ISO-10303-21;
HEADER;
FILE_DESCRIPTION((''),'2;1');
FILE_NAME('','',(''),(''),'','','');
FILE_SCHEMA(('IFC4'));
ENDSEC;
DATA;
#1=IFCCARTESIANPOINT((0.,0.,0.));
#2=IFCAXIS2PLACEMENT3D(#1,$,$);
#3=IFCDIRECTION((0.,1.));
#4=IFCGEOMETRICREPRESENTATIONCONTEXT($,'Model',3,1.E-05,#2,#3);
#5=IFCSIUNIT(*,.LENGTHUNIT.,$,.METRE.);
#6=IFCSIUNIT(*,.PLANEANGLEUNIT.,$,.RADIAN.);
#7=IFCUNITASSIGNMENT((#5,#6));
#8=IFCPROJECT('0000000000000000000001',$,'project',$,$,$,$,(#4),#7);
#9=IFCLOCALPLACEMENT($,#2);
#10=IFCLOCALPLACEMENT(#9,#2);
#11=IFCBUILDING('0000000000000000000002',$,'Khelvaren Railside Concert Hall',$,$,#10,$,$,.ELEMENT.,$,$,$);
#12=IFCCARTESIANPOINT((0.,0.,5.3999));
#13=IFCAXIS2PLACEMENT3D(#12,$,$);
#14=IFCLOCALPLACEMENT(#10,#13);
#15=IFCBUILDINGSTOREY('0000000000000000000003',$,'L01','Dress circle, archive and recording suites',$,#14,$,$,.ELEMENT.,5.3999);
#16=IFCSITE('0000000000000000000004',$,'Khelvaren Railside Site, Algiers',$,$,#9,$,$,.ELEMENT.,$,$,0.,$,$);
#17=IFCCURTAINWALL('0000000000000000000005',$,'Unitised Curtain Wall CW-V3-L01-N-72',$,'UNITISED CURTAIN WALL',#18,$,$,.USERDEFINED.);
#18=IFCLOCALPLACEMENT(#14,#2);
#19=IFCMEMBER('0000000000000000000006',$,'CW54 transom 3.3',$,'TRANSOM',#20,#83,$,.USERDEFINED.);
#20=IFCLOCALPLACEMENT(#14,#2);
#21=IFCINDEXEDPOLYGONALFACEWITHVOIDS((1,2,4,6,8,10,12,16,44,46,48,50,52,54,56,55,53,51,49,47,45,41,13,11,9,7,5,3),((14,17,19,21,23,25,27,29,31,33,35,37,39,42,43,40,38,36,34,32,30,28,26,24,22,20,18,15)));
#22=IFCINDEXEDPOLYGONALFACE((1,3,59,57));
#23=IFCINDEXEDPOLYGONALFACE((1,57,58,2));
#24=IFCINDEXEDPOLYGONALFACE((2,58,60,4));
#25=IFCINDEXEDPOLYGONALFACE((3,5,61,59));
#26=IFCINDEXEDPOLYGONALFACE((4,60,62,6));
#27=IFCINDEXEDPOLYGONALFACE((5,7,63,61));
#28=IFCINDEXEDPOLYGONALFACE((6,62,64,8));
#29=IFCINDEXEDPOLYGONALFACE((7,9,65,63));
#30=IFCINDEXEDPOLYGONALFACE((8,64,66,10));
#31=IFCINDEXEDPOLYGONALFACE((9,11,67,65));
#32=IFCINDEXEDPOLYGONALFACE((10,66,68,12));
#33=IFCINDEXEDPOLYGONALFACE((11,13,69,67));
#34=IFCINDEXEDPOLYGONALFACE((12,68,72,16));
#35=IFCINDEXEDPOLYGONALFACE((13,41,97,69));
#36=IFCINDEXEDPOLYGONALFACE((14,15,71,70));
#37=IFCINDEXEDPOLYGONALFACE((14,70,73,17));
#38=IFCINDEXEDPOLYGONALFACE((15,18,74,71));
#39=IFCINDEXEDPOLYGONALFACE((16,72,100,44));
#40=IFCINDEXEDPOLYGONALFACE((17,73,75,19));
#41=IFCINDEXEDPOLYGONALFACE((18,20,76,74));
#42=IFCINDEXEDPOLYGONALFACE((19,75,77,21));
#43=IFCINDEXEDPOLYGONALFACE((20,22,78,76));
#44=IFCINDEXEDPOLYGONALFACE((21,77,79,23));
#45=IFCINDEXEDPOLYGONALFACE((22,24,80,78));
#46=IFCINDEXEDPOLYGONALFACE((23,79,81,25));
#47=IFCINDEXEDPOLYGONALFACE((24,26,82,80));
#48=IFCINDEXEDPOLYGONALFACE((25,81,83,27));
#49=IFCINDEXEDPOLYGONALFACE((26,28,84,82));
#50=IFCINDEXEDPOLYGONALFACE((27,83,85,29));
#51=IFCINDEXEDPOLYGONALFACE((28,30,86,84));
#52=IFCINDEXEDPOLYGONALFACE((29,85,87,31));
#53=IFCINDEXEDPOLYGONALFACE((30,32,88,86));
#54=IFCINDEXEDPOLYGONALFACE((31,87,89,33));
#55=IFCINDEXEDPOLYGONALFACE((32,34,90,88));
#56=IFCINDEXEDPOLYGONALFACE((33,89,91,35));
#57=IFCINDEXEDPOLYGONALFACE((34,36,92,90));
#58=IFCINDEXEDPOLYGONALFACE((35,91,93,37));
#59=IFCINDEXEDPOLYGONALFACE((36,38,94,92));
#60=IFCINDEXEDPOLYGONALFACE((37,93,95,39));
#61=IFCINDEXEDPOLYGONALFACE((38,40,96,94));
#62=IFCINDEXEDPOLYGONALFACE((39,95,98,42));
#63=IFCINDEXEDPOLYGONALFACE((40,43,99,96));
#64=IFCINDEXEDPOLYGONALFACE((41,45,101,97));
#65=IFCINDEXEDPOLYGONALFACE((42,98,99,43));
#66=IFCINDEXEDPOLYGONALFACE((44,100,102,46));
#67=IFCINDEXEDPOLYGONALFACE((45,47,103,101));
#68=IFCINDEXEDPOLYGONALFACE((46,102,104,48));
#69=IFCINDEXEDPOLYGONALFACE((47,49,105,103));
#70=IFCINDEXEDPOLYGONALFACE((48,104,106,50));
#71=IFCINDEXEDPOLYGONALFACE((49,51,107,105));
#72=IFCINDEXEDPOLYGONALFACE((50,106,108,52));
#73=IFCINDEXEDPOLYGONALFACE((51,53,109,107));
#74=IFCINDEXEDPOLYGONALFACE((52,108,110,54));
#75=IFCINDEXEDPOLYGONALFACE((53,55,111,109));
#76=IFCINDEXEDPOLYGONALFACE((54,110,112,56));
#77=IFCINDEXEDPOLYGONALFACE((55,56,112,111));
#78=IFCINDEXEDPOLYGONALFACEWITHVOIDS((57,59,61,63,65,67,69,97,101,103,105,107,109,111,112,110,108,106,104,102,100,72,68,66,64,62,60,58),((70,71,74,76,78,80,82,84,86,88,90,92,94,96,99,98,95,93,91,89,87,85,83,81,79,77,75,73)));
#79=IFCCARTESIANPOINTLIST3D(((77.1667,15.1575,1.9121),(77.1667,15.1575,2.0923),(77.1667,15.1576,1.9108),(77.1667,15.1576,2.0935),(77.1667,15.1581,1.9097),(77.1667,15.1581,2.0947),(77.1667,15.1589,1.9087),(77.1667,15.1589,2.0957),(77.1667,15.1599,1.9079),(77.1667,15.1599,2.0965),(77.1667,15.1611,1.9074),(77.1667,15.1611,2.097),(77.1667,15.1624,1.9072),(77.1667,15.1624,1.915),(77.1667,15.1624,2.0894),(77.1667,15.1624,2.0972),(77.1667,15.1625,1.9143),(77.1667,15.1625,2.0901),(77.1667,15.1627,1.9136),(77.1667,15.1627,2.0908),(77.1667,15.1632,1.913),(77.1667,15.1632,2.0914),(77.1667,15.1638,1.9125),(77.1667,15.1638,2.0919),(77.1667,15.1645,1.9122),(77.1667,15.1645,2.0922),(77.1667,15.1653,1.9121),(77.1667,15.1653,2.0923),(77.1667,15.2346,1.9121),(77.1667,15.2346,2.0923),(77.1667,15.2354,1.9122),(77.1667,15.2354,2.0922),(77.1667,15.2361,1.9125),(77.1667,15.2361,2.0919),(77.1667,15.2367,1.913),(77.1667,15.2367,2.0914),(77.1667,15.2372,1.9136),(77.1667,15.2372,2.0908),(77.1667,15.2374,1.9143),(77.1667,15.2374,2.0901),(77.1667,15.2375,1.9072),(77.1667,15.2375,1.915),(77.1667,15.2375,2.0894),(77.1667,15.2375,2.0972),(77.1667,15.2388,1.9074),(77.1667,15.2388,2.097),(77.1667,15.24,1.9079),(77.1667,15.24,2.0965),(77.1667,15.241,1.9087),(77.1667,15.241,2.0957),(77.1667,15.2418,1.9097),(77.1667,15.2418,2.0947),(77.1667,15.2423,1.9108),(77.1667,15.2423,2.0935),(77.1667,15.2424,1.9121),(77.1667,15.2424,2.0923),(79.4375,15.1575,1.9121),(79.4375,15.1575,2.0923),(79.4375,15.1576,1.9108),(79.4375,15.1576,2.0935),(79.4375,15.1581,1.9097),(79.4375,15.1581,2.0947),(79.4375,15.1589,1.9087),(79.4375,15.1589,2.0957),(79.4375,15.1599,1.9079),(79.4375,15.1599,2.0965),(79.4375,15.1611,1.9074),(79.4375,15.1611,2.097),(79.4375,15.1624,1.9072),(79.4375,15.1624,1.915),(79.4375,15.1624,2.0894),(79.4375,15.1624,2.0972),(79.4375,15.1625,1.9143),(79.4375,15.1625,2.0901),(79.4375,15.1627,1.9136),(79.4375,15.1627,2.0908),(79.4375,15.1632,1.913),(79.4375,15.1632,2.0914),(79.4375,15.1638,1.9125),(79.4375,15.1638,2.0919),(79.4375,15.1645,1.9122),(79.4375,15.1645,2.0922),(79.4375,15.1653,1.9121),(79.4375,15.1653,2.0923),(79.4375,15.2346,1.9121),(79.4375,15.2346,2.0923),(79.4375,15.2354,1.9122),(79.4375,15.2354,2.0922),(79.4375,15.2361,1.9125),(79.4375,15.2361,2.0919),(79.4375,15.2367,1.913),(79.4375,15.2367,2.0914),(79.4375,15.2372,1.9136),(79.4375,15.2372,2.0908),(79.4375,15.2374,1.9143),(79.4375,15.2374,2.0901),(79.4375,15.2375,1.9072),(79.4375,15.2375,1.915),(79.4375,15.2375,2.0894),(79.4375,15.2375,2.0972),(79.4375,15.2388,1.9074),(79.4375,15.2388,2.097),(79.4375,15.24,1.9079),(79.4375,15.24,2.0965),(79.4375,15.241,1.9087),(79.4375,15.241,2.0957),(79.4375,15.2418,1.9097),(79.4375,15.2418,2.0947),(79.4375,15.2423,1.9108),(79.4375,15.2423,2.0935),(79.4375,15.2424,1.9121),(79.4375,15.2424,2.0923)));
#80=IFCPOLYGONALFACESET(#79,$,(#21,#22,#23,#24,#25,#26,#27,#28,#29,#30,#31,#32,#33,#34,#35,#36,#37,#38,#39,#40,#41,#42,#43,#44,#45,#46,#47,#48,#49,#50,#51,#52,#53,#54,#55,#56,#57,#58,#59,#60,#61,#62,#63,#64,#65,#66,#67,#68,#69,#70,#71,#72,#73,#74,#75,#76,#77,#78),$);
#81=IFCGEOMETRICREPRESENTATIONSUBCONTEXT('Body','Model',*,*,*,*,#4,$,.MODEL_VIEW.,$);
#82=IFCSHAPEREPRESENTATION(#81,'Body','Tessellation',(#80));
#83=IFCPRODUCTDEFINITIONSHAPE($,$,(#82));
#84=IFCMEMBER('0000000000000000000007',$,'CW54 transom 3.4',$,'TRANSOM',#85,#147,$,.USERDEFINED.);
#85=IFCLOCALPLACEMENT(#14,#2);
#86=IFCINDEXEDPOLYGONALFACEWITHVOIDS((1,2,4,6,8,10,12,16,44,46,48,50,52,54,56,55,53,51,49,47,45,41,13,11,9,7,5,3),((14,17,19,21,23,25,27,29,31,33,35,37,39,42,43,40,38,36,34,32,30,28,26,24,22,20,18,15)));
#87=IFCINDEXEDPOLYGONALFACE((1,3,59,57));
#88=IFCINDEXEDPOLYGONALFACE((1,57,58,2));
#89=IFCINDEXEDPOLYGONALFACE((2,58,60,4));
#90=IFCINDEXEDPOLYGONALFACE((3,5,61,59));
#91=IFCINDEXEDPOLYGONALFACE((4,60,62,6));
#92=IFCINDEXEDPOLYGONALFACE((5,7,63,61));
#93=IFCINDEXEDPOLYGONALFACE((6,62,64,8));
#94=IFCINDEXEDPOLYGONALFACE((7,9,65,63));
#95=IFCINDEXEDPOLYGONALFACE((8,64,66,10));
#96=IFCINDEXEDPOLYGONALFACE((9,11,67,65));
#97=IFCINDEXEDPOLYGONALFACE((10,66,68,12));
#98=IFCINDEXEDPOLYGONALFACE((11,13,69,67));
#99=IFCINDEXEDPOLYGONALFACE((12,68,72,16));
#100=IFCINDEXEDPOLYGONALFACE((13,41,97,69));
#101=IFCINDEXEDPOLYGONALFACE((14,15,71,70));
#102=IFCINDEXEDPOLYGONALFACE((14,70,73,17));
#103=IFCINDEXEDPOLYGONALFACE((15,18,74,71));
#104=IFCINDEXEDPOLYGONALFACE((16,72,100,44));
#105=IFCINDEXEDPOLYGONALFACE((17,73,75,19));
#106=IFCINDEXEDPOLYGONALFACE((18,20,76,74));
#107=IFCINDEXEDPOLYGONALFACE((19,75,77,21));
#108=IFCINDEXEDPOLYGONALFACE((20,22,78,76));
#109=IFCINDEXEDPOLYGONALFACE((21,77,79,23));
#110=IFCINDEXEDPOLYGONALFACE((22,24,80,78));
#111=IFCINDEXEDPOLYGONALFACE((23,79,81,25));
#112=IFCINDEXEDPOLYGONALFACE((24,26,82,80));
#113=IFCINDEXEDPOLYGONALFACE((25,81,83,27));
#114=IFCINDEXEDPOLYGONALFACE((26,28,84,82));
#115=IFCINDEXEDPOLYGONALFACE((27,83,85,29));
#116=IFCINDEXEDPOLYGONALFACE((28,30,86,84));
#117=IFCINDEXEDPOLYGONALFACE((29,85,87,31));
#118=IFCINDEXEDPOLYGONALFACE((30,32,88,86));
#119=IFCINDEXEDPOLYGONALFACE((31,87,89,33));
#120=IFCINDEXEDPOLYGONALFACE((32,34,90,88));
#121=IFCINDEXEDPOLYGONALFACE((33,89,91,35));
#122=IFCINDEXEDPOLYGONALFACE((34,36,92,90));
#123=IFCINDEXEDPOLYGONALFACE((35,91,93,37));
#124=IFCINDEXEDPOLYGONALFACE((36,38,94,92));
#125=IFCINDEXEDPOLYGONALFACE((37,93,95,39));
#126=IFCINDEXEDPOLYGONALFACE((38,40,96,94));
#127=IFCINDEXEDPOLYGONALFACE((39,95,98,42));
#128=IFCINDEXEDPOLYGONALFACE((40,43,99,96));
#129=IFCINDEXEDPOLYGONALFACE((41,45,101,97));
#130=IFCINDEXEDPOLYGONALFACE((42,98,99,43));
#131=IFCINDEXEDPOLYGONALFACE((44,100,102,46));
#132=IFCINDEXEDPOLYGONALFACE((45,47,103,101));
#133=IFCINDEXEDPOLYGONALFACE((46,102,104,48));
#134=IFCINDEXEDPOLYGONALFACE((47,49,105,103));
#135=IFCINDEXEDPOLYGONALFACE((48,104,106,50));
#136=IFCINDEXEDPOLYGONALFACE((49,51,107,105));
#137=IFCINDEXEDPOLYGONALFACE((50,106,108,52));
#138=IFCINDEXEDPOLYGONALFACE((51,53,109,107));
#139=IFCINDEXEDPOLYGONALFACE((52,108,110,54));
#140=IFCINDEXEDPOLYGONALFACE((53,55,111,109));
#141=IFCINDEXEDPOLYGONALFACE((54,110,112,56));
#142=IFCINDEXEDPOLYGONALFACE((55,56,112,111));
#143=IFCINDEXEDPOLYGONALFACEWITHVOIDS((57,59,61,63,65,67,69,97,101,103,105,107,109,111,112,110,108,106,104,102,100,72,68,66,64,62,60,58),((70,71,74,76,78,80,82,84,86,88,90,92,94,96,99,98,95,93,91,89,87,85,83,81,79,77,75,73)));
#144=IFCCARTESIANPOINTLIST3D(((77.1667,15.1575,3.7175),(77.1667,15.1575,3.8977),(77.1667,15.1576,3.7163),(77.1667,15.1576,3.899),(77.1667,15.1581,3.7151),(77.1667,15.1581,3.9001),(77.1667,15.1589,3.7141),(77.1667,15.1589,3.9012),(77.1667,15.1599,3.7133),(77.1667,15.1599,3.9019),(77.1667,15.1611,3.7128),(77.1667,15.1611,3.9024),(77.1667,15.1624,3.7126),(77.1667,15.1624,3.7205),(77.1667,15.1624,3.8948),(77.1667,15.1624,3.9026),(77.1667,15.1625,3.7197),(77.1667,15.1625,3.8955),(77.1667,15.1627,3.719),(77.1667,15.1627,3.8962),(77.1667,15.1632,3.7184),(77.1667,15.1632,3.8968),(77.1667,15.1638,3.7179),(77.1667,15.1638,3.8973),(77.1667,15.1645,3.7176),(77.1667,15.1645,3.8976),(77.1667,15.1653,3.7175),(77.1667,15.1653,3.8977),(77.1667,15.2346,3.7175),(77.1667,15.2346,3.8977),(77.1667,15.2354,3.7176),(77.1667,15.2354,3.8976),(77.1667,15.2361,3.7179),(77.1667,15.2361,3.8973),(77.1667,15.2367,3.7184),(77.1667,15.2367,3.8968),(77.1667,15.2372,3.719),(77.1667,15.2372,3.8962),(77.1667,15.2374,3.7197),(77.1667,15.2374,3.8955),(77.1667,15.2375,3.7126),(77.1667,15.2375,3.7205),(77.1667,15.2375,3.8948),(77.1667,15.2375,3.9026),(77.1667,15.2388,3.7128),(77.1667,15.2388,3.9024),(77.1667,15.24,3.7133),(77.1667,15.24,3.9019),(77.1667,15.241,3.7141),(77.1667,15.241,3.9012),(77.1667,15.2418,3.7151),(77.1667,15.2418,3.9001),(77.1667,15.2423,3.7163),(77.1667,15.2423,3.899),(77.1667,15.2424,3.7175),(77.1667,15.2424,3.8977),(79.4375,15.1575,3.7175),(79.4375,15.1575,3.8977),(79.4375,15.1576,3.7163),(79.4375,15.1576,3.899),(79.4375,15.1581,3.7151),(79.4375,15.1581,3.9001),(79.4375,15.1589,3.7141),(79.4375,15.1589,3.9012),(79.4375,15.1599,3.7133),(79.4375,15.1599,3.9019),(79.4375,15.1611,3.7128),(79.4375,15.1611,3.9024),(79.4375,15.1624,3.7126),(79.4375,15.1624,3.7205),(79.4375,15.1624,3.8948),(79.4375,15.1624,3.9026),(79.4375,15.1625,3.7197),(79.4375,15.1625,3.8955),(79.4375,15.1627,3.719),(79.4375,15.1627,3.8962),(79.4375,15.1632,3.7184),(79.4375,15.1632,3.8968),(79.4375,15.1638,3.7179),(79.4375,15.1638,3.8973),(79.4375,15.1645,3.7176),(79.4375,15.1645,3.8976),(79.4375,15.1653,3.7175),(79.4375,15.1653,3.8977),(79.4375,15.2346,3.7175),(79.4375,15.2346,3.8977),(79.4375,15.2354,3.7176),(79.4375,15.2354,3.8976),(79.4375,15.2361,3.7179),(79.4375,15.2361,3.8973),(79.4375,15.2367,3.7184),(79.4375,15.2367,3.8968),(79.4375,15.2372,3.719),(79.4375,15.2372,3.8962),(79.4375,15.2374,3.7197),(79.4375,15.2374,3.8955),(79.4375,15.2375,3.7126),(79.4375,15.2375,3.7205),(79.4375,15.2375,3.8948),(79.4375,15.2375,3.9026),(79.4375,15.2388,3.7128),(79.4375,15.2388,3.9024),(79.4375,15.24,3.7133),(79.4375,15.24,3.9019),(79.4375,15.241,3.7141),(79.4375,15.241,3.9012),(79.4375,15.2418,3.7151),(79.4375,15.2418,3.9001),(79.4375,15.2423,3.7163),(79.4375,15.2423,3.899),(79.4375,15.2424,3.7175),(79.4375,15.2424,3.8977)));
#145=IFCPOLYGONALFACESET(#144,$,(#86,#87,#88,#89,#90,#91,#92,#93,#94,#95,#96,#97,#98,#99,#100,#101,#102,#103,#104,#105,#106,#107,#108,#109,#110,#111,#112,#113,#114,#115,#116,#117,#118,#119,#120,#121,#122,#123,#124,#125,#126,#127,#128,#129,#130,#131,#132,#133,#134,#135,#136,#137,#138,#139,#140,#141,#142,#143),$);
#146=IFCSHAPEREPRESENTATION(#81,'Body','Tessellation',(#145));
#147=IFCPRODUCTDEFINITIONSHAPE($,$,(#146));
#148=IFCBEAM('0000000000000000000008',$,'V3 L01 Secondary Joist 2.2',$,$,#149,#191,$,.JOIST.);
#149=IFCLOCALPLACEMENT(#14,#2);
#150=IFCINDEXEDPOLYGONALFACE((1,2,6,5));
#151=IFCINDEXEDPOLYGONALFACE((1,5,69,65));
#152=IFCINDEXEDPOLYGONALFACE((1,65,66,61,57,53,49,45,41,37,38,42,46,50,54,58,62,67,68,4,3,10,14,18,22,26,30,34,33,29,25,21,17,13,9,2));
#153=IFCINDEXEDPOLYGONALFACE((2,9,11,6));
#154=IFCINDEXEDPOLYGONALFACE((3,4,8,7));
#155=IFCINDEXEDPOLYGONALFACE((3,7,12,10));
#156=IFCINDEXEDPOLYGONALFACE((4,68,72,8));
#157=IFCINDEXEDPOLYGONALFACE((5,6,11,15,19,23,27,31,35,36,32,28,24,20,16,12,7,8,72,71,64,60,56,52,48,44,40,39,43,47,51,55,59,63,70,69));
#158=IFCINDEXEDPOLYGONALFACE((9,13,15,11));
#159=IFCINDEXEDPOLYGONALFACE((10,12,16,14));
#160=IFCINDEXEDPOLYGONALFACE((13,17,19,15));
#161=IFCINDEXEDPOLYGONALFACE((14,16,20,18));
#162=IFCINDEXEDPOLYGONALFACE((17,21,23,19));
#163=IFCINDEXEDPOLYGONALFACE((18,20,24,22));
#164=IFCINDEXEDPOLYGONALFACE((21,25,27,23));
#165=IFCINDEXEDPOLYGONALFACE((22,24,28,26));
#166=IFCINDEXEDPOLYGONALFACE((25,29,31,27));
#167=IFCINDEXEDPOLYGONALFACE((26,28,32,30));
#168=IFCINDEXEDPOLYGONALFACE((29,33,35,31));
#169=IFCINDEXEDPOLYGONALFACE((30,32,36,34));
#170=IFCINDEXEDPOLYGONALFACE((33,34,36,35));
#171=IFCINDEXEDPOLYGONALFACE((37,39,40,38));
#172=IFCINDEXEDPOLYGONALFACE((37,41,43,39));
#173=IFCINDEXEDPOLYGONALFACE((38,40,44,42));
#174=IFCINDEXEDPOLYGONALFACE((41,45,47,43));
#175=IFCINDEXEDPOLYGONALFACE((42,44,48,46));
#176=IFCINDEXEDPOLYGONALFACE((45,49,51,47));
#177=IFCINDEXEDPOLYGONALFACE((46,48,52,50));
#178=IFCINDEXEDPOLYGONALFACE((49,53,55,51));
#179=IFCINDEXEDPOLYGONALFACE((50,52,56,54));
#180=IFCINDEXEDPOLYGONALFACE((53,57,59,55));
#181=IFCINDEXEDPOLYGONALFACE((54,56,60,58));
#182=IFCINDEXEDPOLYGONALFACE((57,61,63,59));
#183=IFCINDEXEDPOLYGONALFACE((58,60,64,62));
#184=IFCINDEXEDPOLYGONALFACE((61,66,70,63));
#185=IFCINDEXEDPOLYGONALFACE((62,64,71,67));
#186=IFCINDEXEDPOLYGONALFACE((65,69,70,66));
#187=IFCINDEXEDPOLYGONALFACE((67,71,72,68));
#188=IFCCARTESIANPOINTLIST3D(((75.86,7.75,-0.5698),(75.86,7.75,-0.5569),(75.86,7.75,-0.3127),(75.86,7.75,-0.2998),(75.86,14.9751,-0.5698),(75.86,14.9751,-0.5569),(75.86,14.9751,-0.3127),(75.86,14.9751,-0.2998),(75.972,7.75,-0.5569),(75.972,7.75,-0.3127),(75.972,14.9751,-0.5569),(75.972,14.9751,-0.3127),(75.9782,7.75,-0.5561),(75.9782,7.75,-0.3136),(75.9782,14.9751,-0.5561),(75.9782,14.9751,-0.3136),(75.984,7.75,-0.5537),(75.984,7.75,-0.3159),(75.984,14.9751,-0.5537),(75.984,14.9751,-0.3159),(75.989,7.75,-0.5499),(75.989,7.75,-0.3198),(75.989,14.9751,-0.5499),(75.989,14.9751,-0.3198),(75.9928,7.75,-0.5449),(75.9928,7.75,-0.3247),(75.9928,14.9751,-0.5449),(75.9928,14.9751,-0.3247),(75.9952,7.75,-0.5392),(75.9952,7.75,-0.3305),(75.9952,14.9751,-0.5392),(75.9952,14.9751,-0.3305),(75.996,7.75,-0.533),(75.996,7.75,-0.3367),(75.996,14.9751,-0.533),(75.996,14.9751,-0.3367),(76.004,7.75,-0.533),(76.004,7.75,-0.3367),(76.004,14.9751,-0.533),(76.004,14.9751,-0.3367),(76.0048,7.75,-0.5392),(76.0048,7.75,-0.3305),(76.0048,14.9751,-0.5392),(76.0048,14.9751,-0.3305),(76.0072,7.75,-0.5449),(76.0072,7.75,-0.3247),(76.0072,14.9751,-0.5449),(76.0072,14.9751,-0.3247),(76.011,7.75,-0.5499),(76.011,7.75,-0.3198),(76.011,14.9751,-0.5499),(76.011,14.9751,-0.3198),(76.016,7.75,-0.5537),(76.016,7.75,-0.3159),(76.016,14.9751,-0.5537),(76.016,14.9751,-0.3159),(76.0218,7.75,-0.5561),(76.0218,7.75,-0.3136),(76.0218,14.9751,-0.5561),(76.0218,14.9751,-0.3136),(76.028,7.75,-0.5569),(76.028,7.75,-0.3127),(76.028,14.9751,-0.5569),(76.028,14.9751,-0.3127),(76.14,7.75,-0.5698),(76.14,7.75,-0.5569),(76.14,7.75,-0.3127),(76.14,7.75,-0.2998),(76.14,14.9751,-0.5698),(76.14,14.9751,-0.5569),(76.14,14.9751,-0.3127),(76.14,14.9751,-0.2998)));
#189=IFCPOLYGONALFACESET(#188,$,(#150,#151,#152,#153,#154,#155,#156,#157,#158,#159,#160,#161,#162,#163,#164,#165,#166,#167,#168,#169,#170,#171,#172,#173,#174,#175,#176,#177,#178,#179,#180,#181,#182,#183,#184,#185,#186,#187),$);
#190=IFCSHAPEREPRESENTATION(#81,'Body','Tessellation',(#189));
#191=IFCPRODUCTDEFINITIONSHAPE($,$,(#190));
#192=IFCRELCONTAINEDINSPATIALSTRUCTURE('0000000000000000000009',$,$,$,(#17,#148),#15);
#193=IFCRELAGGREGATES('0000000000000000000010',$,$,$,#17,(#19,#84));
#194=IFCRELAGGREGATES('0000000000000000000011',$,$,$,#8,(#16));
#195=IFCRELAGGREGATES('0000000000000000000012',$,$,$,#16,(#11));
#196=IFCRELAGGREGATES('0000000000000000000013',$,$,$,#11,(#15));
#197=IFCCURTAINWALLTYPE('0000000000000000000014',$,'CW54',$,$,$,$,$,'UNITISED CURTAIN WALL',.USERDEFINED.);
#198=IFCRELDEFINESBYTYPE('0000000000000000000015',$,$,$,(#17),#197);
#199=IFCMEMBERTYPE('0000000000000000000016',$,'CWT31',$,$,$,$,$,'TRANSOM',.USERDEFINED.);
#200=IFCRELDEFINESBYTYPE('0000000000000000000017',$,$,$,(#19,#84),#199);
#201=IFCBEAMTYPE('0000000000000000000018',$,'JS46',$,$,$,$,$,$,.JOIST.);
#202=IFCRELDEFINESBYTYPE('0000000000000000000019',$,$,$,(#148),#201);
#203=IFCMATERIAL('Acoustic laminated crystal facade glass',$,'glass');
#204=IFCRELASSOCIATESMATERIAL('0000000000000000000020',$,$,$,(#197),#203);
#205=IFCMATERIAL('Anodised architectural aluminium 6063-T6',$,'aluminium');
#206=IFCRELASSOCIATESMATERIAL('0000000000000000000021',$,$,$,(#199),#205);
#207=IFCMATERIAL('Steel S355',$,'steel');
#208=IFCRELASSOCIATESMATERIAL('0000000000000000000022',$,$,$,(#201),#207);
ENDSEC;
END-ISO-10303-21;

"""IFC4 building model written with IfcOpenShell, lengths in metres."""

from ifc_helpers import new_model, si_unit, direction, frame, origin, origin_2d, place, context, subcontext, project, spatial, hollow_rectangle, i_section, extrude, material, material_profile, profile_set, type_object, element, aggregate, save


model = new_model("IFC4")

# Units and contexts
model_context = context("Model", 3, precision=1e-05, world=origin(), true_north=direction((0.0, 1.0)))
body_context = subcontext(model_context, "Body", "Model", "MODEL_VIEW")
ifc_project = project(units=[si_unit("LENGTHUNIT", "METRE"), si_unit("PLANEANGLEUNIT", "RADIAN")], contexts=[model_context])

# Site, building, storey
site_placement = place(None, origin())
site = spatial("IfcSite", under=ifc_project, at=site_placement, Name="Khelvaren Railside Site, Algiers", CompositionType="ELEMENT", RefElevation=0.0)
building_placement = place(site_placement, origin())
building = spatial("IfcBuilding", under=site, at=building_placement, Name="Khelvaren Railside Concert Hall", CompositionType="ELEMENT")
storey_placement = place(building_placement, frame((0.0, 0.0, 5.3999)))
storey = spatial("IfcBuildingStorey", under=building, at=storey_placement, Name="L01", Description="Dress circle, archive and recording suites", CompositionType="ELEMENT", Elevation=5.3999)

# Shared definitions
ifc_material_1 = material(Name="Steel S355", Category="steel")

# Curtain wall, members
ifc_material_2 = material(Name="Acoustic laminated crystal facade glass", Category="glass")
curtain_wall_type = type_object("IfcCurtainWallType", Name="CW54", ElementType="UNITISED CURTAIN WALL", PredefinedType="USERDEFINED", material=ifc_material_2)
curtain_wall_placement = place(storey_placement, origin())
curtain_wall = element("IfcCurtainWall", 1, at=curtain_wall_placement, inside=storey, type_object=curtain_wall_type, Name="Unitised Curtain Wall CW-V3-L01-N-72", ObjectType="UNITISED CURTAIN WALL", PredefinedType="USERDEFINED")
ifc_material_3 = material(Name="Anodised architectural aluminium 6063-T6", Category="aluminium")
ifc_material_profile_1 = material_profile(ifc_material_3, hollow_rectangle(XDim=0.085, YDim=0.1899, WallThickness=0.0049, InnerFilletRadius=0.0029, OuterFilletRadius=0.0049, at=origin_2d()), Name="CWT 85x190x5")
ifc_profile_set_1 = profile_set([ifc_material_profile_1], Name="Anodised architectural aluminium 6063-T6")
member_type_1 = type_object("IfcMemberType", Name="CWT31", ElementType="TRANSOM", PredefinedType="USERDEFINED", material=ifc_profile_set_1)
member_1_placement = place(storey_placement, frame((77.1667, 15.2, 2.0022), z_axis=(1.0, 0.0, 0.0), x_axis=(0.0, 1.0, 0.0)))
member_1 = element("IfcMember", 2, at=member_1_placement, type_object=member_type_1, Name="CW54 transom 3.3", ObjectType="TRANSOM", PredefinedType="USERDEFINED", context=body_context, shape_type="SweptSolid", body=[
    extrude(hollow_rectangle(XDim=0.085, YDim=0.1899, WallThickness=0.0049, InnerFilletRadius=0.0029, OuterFilletRadius=0.0049, at=origin_2d()), origin(), (0.0, 0.0, 1.0), 2.2708),
])
member_2_placement = place(storey_placement, frame((77.1667, 15.2, 3.8076), z_axis=(1.0, 0.0, 0.0), x_axis=(0.0, 1.0, 0.0)))
member_2 = element("IfcMember", 3, at=member_2_placement, type_object=member_type_1, Name="CW54 transom 3.4", ObjectType="TRANSOM", PredefinedType="USERDEFINED", context=body_context, shape_type="SweptSolid", body=[
    extrude(hollow_rectangle(XDim=0.085, YDim=0.1899, WallThickness=0.0049, InnerFilletRadius=0.0029, OuterFilletRadius=0.0049, at=origin_2d()), origin(), (0.0, 0.0, 1.0), 2.2708),
])

# Beam
ifc_material_profile_2 = material_profile(ifc_material_1, i_section(OverallWidth=0.28, OverallDepth=0.27, WebThickness=0.0081, FlangeThickness=0.0129, FilletRadius=0.0239, at=origin_2d()), Name="HEA 280")
ifc_profile_set_2 = profile_set([ifc_material_profile_2], Name="Steel S355")
beam_type_1 = type_object("IfcBeamType", Name="JS46", PredefinedType="JOIST", material=ifc_profile_set_2)
beam_1_placement = place(storey_placement, frame((76.0, 7.75, -0.4348), z_axis=(0.0, 1.0, 0.0), x_axis=(-1.0, 0.0, 0.0)))
element("IfcBeam", 4, at=beam_1_placement, inside=storey, type_object=beam_type_1, Name="V3 L01 Secondary Joist 2.2", PredefinedType="JOIST", context=body_context, shape_type="SweptSolid", body=[
    extrude(i_section(OverallWidth=0.28, OverallDepth=0.27, WebThickness=0.0081, FlangeThickness=0.0129, FilletRadius=0.0239, at=origin_2d()), origin(), (0.0, 0.0, 1.0), 7.2251),
])

aggregate(curtain_wall, [member_1, member_2])

save(model, "model.ifc")
